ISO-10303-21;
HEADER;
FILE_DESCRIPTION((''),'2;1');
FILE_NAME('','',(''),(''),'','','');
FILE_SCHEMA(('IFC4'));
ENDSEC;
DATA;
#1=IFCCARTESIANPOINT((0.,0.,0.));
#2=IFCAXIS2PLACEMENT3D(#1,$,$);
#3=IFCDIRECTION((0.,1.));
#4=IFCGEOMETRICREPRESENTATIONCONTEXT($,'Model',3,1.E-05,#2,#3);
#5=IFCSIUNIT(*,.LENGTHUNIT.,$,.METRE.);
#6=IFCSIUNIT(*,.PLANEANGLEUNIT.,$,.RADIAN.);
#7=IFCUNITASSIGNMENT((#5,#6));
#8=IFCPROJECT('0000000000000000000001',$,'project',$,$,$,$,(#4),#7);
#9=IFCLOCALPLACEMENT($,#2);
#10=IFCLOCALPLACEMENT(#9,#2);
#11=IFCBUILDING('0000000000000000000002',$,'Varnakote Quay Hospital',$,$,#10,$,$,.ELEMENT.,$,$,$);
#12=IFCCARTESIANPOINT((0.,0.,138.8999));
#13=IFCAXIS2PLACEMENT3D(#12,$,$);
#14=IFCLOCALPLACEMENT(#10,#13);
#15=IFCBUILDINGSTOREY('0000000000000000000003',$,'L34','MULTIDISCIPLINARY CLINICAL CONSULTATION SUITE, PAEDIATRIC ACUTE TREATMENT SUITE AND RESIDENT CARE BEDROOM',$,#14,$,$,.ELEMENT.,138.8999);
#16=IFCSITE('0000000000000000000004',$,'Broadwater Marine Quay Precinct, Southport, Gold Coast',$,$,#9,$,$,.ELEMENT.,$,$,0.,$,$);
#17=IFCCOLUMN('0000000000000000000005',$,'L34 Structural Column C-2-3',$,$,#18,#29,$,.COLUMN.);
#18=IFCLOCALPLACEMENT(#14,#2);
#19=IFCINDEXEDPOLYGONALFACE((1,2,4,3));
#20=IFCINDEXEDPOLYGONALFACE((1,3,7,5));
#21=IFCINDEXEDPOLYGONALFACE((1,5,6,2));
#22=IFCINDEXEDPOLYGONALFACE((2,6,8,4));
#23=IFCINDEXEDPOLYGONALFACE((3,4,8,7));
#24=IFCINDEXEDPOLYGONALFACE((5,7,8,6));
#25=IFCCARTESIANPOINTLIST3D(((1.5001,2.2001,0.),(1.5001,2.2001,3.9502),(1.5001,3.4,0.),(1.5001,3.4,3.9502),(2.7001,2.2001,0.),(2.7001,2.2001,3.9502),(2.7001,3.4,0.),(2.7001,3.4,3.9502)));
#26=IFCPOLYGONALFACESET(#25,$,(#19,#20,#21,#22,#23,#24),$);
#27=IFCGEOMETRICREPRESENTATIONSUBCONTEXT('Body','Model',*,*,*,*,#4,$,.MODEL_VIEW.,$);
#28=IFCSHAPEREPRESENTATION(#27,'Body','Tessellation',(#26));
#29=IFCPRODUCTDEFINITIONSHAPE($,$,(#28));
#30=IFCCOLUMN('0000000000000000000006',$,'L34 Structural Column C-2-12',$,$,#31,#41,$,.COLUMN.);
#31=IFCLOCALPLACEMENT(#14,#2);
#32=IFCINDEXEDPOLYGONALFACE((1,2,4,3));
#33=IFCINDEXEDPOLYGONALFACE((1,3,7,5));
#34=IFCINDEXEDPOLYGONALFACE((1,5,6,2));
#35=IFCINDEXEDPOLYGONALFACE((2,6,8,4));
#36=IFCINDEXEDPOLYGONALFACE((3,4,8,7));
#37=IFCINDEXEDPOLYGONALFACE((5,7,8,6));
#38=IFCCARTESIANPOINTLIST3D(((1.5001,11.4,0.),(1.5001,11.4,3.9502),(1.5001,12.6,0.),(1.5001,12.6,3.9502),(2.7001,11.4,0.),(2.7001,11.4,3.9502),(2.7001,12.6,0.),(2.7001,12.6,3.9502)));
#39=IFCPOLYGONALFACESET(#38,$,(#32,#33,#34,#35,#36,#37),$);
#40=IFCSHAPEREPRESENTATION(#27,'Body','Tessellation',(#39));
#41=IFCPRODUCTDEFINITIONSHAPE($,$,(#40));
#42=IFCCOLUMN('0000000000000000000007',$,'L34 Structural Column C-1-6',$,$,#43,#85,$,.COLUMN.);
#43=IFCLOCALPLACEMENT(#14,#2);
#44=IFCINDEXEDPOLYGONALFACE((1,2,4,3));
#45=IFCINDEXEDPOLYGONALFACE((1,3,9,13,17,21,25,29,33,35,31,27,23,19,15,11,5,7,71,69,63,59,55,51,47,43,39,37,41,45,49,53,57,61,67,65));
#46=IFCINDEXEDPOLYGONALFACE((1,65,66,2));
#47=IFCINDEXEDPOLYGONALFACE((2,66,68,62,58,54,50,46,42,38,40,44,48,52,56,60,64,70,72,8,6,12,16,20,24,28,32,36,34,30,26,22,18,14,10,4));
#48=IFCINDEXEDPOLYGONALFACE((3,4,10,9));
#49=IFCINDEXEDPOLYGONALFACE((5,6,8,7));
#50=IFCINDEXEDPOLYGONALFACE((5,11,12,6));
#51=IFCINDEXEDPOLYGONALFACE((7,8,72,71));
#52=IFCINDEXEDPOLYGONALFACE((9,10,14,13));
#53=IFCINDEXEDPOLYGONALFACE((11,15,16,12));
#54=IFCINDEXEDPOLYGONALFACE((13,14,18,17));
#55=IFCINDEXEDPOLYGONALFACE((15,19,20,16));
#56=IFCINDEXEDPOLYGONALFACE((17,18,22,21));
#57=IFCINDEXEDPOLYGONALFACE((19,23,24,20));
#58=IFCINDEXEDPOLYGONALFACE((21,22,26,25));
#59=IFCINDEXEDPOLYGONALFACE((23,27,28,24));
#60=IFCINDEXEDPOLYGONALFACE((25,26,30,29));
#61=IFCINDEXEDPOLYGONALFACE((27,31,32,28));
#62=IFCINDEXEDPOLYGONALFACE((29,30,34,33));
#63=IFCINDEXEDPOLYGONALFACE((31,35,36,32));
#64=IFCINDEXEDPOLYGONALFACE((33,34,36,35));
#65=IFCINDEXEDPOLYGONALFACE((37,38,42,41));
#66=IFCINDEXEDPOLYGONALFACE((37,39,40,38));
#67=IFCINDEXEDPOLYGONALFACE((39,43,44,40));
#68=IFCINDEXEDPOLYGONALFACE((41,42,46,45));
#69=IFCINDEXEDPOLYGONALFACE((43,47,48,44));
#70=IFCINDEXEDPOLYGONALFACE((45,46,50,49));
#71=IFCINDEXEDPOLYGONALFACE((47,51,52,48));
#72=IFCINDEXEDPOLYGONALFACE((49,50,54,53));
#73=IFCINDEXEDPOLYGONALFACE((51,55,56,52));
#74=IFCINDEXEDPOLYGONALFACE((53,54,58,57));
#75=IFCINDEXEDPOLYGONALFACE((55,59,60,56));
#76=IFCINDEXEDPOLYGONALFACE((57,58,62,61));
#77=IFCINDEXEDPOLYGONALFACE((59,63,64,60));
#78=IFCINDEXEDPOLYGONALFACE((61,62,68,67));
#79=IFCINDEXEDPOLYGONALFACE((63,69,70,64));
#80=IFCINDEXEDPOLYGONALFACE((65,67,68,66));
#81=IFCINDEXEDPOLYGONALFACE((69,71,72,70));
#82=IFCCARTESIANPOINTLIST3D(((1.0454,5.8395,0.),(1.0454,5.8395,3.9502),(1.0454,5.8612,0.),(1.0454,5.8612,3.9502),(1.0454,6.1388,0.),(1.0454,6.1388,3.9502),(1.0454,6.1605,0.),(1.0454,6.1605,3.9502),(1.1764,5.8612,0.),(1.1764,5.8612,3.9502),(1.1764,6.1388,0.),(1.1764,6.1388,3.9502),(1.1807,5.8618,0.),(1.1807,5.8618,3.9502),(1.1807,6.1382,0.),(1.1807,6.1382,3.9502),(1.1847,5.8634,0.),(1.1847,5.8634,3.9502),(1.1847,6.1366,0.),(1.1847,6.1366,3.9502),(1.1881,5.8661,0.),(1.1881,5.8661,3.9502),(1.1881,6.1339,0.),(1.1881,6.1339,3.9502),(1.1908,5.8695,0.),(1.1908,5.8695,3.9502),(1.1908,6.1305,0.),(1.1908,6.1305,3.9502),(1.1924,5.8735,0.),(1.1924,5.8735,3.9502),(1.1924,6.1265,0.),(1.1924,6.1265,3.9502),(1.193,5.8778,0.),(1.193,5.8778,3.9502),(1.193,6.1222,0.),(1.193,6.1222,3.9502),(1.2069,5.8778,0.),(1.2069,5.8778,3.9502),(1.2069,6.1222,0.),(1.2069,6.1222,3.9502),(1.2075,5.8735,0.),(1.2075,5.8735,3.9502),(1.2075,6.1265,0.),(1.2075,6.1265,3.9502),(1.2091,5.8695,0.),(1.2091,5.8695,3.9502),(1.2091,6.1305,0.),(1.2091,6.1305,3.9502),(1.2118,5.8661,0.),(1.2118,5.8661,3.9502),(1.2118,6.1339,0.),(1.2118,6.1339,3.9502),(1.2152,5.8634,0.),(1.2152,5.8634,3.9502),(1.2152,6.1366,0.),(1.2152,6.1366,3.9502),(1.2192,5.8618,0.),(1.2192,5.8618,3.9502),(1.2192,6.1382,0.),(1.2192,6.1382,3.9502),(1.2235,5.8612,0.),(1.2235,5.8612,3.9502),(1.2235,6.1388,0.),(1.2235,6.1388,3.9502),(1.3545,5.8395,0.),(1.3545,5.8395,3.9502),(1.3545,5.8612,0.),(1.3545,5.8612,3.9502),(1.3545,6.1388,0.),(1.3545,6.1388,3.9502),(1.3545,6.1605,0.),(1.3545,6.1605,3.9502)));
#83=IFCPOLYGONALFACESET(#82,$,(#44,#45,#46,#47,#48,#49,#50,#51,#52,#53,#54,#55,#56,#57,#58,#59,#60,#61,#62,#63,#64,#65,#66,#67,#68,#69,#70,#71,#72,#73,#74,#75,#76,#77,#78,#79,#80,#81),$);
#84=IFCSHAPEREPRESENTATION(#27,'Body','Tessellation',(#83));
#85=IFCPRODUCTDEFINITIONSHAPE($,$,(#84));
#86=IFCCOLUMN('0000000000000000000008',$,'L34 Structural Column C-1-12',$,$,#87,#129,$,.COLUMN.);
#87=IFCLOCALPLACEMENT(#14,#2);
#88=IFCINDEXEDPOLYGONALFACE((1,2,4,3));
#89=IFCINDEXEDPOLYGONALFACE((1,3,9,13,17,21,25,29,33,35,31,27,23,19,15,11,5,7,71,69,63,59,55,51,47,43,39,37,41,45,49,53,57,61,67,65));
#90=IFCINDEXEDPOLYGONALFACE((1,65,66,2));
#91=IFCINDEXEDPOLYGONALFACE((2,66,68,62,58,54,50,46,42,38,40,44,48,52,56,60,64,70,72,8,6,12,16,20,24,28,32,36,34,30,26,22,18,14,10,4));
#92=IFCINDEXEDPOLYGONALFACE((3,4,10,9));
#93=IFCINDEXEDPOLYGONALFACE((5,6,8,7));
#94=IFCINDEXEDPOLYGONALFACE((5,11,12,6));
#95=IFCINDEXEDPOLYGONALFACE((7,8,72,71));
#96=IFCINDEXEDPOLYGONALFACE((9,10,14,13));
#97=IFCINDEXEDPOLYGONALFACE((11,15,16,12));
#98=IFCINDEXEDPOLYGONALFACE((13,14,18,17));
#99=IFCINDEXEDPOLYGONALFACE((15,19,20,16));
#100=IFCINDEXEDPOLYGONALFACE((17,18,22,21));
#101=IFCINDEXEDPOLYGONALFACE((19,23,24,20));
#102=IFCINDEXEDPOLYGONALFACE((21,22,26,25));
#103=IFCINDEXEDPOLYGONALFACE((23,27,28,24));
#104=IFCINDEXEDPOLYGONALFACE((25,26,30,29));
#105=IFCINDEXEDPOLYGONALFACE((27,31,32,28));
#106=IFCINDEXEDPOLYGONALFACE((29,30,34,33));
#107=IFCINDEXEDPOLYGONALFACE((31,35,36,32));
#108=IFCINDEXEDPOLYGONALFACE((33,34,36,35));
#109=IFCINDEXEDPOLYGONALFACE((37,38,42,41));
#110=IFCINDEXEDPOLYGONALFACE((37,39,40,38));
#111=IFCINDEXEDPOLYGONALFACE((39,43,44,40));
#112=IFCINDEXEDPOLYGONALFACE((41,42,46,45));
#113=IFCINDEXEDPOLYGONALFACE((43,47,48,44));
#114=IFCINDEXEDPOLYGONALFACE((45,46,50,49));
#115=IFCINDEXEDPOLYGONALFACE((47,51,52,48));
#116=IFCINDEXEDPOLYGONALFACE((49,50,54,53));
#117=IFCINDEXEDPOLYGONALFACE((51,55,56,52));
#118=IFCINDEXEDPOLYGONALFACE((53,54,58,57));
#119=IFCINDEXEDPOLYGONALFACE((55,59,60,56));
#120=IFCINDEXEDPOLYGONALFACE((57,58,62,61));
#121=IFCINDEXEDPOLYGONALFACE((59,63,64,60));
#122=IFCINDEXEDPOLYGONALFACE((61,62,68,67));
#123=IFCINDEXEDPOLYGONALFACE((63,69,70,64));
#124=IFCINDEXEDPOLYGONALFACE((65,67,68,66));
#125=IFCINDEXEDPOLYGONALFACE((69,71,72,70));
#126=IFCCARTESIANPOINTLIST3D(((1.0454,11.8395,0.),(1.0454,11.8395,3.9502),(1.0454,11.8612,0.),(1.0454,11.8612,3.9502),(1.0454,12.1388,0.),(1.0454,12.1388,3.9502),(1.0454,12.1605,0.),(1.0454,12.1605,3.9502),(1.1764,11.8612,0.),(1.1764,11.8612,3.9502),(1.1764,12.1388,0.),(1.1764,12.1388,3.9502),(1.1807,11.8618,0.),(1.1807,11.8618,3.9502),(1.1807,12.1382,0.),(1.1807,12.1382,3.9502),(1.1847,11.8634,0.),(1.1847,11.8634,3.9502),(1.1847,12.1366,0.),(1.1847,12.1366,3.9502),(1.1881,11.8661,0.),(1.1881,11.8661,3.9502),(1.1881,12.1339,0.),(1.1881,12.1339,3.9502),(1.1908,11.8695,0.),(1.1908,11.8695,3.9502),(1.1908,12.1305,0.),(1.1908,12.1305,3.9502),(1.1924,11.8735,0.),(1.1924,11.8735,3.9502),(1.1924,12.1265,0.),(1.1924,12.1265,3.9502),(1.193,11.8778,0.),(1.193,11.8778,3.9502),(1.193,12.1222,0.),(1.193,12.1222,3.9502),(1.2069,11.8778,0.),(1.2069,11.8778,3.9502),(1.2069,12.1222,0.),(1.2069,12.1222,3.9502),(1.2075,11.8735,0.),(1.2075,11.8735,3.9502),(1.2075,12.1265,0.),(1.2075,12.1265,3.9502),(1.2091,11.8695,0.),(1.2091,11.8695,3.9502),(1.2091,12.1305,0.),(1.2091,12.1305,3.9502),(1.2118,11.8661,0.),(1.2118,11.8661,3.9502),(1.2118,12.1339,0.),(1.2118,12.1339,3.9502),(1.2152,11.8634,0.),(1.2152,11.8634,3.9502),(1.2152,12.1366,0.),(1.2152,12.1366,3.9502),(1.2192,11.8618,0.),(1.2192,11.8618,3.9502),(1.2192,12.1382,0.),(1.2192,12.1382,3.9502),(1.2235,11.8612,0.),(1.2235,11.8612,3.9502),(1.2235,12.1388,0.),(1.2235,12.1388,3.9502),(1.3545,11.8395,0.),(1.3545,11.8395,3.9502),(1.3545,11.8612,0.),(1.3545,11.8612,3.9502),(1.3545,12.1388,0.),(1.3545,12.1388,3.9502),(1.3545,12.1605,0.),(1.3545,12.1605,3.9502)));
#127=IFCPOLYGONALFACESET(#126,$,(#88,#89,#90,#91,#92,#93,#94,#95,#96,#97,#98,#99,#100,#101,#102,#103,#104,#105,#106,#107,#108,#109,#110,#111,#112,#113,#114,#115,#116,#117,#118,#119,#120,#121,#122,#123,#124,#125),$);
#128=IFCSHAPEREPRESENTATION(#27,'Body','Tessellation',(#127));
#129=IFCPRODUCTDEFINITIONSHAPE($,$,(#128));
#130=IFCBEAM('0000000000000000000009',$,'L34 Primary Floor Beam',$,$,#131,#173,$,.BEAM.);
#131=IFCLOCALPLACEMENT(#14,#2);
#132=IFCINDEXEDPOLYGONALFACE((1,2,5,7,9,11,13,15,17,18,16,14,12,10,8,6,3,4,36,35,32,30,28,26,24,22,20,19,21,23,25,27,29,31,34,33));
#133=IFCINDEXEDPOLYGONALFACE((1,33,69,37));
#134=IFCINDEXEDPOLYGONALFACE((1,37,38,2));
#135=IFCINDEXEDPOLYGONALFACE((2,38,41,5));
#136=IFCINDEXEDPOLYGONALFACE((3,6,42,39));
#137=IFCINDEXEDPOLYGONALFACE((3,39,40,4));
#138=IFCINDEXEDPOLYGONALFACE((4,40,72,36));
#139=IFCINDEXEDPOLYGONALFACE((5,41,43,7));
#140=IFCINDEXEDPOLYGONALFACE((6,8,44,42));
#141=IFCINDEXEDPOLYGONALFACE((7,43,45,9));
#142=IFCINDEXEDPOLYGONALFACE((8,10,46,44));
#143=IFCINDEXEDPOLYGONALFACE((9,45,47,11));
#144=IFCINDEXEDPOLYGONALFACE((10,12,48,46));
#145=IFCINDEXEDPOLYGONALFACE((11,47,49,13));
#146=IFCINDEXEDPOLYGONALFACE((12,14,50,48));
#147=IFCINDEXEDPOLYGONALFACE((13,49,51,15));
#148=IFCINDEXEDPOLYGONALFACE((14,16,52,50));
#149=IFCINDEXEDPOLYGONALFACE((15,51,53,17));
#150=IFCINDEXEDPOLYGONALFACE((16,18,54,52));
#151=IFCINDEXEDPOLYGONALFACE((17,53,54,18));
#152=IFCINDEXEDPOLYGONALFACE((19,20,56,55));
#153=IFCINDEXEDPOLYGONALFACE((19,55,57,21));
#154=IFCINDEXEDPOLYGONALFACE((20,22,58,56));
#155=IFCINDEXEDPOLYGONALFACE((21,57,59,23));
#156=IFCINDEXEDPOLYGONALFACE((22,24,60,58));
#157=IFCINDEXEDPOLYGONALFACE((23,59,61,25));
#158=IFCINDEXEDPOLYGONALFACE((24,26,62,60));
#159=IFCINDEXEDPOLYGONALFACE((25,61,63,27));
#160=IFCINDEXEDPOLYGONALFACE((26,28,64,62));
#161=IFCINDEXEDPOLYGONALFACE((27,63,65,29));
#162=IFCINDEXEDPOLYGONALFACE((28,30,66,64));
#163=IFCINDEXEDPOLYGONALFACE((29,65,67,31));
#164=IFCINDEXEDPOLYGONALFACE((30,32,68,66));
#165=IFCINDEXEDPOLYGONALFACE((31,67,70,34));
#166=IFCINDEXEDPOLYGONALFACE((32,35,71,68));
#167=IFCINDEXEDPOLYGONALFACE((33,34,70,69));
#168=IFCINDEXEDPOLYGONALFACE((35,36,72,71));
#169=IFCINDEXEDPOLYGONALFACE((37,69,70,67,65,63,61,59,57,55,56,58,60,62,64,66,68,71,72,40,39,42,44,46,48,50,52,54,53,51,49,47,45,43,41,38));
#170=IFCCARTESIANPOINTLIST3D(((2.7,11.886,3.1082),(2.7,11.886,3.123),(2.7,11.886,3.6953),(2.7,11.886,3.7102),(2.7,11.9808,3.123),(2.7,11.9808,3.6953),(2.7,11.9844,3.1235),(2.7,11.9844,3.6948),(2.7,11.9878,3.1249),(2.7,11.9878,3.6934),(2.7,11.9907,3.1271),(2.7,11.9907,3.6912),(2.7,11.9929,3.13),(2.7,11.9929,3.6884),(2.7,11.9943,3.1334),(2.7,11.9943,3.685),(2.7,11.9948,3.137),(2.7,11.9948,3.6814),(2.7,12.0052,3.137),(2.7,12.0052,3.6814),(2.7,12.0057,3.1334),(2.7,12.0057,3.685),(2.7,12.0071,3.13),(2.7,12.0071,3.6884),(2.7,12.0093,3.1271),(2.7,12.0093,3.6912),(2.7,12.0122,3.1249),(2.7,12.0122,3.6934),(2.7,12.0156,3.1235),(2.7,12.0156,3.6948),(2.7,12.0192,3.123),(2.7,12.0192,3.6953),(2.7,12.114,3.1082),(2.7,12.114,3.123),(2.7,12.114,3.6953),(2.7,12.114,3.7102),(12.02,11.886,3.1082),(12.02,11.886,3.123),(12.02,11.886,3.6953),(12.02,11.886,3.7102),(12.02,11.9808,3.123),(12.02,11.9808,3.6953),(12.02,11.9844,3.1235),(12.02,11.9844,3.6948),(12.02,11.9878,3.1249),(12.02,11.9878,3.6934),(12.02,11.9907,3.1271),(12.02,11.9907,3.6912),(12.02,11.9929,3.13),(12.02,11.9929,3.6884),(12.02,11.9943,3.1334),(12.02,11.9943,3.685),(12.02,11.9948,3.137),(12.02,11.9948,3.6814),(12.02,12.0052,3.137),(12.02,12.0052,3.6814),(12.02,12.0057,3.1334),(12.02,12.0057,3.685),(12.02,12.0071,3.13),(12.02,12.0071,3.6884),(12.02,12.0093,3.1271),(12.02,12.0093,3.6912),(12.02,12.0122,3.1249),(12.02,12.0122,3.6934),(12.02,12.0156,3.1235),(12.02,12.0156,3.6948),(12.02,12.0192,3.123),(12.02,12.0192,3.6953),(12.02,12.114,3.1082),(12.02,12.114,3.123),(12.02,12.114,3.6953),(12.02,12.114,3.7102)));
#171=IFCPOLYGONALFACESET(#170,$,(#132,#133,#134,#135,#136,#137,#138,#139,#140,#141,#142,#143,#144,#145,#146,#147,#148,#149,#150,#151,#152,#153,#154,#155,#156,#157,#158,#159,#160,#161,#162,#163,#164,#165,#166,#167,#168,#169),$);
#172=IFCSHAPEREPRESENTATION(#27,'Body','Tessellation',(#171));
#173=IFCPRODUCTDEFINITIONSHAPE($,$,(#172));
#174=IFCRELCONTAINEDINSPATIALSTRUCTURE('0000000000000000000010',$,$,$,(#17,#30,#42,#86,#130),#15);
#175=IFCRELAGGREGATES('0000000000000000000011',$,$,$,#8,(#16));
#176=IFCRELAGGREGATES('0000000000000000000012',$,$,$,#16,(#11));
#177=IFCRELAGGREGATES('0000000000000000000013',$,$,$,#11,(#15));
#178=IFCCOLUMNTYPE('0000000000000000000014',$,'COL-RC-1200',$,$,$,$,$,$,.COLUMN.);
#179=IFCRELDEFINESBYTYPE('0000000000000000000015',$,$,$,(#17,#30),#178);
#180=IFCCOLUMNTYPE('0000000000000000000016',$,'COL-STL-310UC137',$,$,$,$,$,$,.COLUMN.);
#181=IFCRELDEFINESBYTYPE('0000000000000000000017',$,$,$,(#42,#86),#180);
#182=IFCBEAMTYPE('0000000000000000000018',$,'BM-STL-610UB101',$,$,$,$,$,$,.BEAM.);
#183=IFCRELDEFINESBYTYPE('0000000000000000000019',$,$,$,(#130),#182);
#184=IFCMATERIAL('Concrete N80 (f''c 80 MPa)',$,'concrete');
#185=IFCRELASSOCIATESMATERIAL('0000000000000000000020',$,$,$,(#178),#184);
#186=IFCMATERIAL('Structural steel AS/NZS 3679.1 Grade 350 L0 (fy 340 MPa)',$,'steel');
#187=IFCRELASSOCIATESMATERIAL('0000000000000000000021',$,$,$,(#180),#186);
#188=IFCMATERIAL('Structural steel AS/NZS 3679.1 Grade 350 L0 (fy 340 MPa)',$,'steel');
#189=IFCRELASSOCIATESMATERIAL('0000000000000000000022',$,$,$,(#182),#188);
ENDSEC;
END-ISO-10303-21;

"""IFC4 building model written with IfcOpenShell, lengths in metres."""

from ifc_helpers import new_model, si_unit, direction, frame, origin, origin_2d, place, context, subcontext, project, spatial, rectangle, i_section, extrude, material, material_profile, profile_set, type_object, element, save


model = new_model("IFC4")

# Units and contexts
model_context = context("Model", 3, precision=1e-05, world=origin(), true_north=direction((0.0, 1.0)))
body_context = subcontext(model_context, "Body", "Model", "MODEL_VIEW")
ifc_project = project(units=[si_unit("LENGTHUNIT", "METRE"), si_unit("PLANEANGLEUNIT", "RADIAN")], contexts=[model_context])

# Site, building, storey
site_placement = place(None, origin())
site = spatial("IfcSite", under=ifc_project, at=site_placement, Name="Broadwater Marine Quay Precinct, Southport, Gold Coast", CompositionType="ELEMENT", RefElevation=0.0)
building_placement = place(site_placement, origin())
building = spatial("IfcBuilding", under=site, at=building_placement, Name="Varnakote Quay Hospital", CompositionType="ELEMENT")
storey_placement = place(building_placement, frame((0.0, 0.0, 138.8999)))
storey = spatial("IfcBuildingStorey", under=building, at=storey_placement, Name="L34", Description="MULTIDISCIPLINARY CLINICAL CONSULTATION SUITE, PAEDIATRIC ACUTE TREATMENT SUITE AND RESIDENT CARE BEDROOM", CompositionType="ELEMENT", Elevation=138.8999)

# Columns
ifc_material_1 = material(Name="Concrete N80 (f'c 80 MPa)", Category="concrete")
ifc_material_profile_1 = material_profile(ifc_material_1, rectangle(XDim=1.2, YDim=1.2, at=origin_2d()), Name="RC-COL-1200x1200")
ifc_profile_set_1 = profile_set([ifc_material_profile_1], Name="Concrete N80 (f'c 80 MPa)")
column_type_1 = type_object("IfcColumnType", Name="COL-RC-1200", PredefinedType="COLUMN", material=ifc_profile_set_1)
for number, where, z_axis, x_axis, name in (
    (1, (2.1001, 2.8, 0.0), (0.0, 0.0, 1.0), (1.0, 0.0, 0.0), "L34 Structural Column C-2-3"),
    (2, (2.1001, 12.0, 0.0), (0.0, 0.0, 1.0), (1.0, 0.0, 0.0), "L34 Structural Column C-2-12"),
):
    element("IfcColumn", number, at=place(storey_placement, frame(where, z_axis=z_axis, x_axis=x_axis)), inside=storey, type_object=column_type_1, Name=name, PredefinedType="COLUMN", context=body_context, shape_type="SweptSolid", body=[
        extrude(rectangle(XDim=1.2, YDim=1.2, at=origin_2d()), origin(), (0.0, 0.0, 1.0), 3.9502),
    ])
ifc_material_2 = material(Name="Structural steel AS/NZS 3679.1 Grade 350 L0 (fy 340 MPa)", Category="steel")
ifc_material_profile_2 = material_profile(ifc_material_2, i_section(OverallWidth=0.3091, OverallDepth=0.321, WebThickness=0.0139, FlangeThickness=0.0217, FilletRadius=0.0166, at=origin_2d()), Name="310UC137")
ifc_profile_set_2 = profile_set([ifc_material_profile_2], Name="Structural steel AS/NZS 3679.1 Grade 350 L0 (fy 340 MPa)")
column_type_2 = type_object("IfcColumnType", Name="COL-STL-310UC137", PredefinedType="COLUMN", material=ifc_profile_set_2)
for number, where, z_axis, x_axis, name in (
    (3, (1.2, 6.0, 0.0), (0.0, 0.0, 1.0), (1.0, 0.0, 0.0), "L34 Structural Column C-1-6"),
    (4, (1.2, 12.0, 0.0), (0.0, 0.0, 1.0), (1.0, 0.0, 0.0), "L34 Structural Column C-1-12"),
):
    element("IfcColumn", number, at=place(storey_placement, frame(where, z_axis=z_axis, x_axis=x_axis)), inside=storey, type_object=column_type_2, Name=name, PredefinedType="COLUMN", context=body_context, shape_type="SweptSolid", body=[
        extrude(i_section(OverallWidth=0.3091, OverallDepth=0.321, WebThickness=0.0139, FlangeThickness=0.0217, FilletRadius=0.0166, at=origin_2d()), origin(), (0.0, 0.0, 1.0), 3.9502),
    ])

# Beam
ifc_material_3 = material(Name="Structural steel AS/NZS 3679.1 Grade 350 L0 (fy 340 MPa)", Category="steel")
ifc_material_profile_3 = material_profile(ifc_material_3, i_section(OverallWidth=0.228, OverallDepth=0.6021, WebThickness=0.0105, FlangeThickness=0.0149, FilletRadius=0.0139, at=origin_2d()), Name="610UB101")
ifc_profile_set_3 = profile_set([ifc_material_profile_3], Name="Structural steel AS/NZS 3679.1 Grade 350 L0 (fy 340 MPa)")
beam_type_1 = type_object("IfcBeamType", Name="BM-STL-610UB101", PredefinedType="BEAM", material=ifc_profile_set_3)
beam_1_placement = place(storey_placement, frame((2.7, 12.0, 3.4092), z_axis=(1.0, 0.0, 0.0), x_axis=(0.0, 1.0, 0.0)))
element("IfcBeam", 5, at=beam_1_placement, inside=storey, type_object=beam_type_1, Name="L34 Primary Floor Beam", PredefinedType="BEAM", context=body_context, shape_type="SweptSolid", body=[
    extrude(i_section(OverallWidth=0.228, OverallDepth=0.6021, WebThickness=0.0105, FlangeThickness=0.0149, FilletRadius=0.0139, at=origin_2d()), origin(), (0.0, 0.0, 1.0), 9.3201),
])

save(model, "model.ifc")
